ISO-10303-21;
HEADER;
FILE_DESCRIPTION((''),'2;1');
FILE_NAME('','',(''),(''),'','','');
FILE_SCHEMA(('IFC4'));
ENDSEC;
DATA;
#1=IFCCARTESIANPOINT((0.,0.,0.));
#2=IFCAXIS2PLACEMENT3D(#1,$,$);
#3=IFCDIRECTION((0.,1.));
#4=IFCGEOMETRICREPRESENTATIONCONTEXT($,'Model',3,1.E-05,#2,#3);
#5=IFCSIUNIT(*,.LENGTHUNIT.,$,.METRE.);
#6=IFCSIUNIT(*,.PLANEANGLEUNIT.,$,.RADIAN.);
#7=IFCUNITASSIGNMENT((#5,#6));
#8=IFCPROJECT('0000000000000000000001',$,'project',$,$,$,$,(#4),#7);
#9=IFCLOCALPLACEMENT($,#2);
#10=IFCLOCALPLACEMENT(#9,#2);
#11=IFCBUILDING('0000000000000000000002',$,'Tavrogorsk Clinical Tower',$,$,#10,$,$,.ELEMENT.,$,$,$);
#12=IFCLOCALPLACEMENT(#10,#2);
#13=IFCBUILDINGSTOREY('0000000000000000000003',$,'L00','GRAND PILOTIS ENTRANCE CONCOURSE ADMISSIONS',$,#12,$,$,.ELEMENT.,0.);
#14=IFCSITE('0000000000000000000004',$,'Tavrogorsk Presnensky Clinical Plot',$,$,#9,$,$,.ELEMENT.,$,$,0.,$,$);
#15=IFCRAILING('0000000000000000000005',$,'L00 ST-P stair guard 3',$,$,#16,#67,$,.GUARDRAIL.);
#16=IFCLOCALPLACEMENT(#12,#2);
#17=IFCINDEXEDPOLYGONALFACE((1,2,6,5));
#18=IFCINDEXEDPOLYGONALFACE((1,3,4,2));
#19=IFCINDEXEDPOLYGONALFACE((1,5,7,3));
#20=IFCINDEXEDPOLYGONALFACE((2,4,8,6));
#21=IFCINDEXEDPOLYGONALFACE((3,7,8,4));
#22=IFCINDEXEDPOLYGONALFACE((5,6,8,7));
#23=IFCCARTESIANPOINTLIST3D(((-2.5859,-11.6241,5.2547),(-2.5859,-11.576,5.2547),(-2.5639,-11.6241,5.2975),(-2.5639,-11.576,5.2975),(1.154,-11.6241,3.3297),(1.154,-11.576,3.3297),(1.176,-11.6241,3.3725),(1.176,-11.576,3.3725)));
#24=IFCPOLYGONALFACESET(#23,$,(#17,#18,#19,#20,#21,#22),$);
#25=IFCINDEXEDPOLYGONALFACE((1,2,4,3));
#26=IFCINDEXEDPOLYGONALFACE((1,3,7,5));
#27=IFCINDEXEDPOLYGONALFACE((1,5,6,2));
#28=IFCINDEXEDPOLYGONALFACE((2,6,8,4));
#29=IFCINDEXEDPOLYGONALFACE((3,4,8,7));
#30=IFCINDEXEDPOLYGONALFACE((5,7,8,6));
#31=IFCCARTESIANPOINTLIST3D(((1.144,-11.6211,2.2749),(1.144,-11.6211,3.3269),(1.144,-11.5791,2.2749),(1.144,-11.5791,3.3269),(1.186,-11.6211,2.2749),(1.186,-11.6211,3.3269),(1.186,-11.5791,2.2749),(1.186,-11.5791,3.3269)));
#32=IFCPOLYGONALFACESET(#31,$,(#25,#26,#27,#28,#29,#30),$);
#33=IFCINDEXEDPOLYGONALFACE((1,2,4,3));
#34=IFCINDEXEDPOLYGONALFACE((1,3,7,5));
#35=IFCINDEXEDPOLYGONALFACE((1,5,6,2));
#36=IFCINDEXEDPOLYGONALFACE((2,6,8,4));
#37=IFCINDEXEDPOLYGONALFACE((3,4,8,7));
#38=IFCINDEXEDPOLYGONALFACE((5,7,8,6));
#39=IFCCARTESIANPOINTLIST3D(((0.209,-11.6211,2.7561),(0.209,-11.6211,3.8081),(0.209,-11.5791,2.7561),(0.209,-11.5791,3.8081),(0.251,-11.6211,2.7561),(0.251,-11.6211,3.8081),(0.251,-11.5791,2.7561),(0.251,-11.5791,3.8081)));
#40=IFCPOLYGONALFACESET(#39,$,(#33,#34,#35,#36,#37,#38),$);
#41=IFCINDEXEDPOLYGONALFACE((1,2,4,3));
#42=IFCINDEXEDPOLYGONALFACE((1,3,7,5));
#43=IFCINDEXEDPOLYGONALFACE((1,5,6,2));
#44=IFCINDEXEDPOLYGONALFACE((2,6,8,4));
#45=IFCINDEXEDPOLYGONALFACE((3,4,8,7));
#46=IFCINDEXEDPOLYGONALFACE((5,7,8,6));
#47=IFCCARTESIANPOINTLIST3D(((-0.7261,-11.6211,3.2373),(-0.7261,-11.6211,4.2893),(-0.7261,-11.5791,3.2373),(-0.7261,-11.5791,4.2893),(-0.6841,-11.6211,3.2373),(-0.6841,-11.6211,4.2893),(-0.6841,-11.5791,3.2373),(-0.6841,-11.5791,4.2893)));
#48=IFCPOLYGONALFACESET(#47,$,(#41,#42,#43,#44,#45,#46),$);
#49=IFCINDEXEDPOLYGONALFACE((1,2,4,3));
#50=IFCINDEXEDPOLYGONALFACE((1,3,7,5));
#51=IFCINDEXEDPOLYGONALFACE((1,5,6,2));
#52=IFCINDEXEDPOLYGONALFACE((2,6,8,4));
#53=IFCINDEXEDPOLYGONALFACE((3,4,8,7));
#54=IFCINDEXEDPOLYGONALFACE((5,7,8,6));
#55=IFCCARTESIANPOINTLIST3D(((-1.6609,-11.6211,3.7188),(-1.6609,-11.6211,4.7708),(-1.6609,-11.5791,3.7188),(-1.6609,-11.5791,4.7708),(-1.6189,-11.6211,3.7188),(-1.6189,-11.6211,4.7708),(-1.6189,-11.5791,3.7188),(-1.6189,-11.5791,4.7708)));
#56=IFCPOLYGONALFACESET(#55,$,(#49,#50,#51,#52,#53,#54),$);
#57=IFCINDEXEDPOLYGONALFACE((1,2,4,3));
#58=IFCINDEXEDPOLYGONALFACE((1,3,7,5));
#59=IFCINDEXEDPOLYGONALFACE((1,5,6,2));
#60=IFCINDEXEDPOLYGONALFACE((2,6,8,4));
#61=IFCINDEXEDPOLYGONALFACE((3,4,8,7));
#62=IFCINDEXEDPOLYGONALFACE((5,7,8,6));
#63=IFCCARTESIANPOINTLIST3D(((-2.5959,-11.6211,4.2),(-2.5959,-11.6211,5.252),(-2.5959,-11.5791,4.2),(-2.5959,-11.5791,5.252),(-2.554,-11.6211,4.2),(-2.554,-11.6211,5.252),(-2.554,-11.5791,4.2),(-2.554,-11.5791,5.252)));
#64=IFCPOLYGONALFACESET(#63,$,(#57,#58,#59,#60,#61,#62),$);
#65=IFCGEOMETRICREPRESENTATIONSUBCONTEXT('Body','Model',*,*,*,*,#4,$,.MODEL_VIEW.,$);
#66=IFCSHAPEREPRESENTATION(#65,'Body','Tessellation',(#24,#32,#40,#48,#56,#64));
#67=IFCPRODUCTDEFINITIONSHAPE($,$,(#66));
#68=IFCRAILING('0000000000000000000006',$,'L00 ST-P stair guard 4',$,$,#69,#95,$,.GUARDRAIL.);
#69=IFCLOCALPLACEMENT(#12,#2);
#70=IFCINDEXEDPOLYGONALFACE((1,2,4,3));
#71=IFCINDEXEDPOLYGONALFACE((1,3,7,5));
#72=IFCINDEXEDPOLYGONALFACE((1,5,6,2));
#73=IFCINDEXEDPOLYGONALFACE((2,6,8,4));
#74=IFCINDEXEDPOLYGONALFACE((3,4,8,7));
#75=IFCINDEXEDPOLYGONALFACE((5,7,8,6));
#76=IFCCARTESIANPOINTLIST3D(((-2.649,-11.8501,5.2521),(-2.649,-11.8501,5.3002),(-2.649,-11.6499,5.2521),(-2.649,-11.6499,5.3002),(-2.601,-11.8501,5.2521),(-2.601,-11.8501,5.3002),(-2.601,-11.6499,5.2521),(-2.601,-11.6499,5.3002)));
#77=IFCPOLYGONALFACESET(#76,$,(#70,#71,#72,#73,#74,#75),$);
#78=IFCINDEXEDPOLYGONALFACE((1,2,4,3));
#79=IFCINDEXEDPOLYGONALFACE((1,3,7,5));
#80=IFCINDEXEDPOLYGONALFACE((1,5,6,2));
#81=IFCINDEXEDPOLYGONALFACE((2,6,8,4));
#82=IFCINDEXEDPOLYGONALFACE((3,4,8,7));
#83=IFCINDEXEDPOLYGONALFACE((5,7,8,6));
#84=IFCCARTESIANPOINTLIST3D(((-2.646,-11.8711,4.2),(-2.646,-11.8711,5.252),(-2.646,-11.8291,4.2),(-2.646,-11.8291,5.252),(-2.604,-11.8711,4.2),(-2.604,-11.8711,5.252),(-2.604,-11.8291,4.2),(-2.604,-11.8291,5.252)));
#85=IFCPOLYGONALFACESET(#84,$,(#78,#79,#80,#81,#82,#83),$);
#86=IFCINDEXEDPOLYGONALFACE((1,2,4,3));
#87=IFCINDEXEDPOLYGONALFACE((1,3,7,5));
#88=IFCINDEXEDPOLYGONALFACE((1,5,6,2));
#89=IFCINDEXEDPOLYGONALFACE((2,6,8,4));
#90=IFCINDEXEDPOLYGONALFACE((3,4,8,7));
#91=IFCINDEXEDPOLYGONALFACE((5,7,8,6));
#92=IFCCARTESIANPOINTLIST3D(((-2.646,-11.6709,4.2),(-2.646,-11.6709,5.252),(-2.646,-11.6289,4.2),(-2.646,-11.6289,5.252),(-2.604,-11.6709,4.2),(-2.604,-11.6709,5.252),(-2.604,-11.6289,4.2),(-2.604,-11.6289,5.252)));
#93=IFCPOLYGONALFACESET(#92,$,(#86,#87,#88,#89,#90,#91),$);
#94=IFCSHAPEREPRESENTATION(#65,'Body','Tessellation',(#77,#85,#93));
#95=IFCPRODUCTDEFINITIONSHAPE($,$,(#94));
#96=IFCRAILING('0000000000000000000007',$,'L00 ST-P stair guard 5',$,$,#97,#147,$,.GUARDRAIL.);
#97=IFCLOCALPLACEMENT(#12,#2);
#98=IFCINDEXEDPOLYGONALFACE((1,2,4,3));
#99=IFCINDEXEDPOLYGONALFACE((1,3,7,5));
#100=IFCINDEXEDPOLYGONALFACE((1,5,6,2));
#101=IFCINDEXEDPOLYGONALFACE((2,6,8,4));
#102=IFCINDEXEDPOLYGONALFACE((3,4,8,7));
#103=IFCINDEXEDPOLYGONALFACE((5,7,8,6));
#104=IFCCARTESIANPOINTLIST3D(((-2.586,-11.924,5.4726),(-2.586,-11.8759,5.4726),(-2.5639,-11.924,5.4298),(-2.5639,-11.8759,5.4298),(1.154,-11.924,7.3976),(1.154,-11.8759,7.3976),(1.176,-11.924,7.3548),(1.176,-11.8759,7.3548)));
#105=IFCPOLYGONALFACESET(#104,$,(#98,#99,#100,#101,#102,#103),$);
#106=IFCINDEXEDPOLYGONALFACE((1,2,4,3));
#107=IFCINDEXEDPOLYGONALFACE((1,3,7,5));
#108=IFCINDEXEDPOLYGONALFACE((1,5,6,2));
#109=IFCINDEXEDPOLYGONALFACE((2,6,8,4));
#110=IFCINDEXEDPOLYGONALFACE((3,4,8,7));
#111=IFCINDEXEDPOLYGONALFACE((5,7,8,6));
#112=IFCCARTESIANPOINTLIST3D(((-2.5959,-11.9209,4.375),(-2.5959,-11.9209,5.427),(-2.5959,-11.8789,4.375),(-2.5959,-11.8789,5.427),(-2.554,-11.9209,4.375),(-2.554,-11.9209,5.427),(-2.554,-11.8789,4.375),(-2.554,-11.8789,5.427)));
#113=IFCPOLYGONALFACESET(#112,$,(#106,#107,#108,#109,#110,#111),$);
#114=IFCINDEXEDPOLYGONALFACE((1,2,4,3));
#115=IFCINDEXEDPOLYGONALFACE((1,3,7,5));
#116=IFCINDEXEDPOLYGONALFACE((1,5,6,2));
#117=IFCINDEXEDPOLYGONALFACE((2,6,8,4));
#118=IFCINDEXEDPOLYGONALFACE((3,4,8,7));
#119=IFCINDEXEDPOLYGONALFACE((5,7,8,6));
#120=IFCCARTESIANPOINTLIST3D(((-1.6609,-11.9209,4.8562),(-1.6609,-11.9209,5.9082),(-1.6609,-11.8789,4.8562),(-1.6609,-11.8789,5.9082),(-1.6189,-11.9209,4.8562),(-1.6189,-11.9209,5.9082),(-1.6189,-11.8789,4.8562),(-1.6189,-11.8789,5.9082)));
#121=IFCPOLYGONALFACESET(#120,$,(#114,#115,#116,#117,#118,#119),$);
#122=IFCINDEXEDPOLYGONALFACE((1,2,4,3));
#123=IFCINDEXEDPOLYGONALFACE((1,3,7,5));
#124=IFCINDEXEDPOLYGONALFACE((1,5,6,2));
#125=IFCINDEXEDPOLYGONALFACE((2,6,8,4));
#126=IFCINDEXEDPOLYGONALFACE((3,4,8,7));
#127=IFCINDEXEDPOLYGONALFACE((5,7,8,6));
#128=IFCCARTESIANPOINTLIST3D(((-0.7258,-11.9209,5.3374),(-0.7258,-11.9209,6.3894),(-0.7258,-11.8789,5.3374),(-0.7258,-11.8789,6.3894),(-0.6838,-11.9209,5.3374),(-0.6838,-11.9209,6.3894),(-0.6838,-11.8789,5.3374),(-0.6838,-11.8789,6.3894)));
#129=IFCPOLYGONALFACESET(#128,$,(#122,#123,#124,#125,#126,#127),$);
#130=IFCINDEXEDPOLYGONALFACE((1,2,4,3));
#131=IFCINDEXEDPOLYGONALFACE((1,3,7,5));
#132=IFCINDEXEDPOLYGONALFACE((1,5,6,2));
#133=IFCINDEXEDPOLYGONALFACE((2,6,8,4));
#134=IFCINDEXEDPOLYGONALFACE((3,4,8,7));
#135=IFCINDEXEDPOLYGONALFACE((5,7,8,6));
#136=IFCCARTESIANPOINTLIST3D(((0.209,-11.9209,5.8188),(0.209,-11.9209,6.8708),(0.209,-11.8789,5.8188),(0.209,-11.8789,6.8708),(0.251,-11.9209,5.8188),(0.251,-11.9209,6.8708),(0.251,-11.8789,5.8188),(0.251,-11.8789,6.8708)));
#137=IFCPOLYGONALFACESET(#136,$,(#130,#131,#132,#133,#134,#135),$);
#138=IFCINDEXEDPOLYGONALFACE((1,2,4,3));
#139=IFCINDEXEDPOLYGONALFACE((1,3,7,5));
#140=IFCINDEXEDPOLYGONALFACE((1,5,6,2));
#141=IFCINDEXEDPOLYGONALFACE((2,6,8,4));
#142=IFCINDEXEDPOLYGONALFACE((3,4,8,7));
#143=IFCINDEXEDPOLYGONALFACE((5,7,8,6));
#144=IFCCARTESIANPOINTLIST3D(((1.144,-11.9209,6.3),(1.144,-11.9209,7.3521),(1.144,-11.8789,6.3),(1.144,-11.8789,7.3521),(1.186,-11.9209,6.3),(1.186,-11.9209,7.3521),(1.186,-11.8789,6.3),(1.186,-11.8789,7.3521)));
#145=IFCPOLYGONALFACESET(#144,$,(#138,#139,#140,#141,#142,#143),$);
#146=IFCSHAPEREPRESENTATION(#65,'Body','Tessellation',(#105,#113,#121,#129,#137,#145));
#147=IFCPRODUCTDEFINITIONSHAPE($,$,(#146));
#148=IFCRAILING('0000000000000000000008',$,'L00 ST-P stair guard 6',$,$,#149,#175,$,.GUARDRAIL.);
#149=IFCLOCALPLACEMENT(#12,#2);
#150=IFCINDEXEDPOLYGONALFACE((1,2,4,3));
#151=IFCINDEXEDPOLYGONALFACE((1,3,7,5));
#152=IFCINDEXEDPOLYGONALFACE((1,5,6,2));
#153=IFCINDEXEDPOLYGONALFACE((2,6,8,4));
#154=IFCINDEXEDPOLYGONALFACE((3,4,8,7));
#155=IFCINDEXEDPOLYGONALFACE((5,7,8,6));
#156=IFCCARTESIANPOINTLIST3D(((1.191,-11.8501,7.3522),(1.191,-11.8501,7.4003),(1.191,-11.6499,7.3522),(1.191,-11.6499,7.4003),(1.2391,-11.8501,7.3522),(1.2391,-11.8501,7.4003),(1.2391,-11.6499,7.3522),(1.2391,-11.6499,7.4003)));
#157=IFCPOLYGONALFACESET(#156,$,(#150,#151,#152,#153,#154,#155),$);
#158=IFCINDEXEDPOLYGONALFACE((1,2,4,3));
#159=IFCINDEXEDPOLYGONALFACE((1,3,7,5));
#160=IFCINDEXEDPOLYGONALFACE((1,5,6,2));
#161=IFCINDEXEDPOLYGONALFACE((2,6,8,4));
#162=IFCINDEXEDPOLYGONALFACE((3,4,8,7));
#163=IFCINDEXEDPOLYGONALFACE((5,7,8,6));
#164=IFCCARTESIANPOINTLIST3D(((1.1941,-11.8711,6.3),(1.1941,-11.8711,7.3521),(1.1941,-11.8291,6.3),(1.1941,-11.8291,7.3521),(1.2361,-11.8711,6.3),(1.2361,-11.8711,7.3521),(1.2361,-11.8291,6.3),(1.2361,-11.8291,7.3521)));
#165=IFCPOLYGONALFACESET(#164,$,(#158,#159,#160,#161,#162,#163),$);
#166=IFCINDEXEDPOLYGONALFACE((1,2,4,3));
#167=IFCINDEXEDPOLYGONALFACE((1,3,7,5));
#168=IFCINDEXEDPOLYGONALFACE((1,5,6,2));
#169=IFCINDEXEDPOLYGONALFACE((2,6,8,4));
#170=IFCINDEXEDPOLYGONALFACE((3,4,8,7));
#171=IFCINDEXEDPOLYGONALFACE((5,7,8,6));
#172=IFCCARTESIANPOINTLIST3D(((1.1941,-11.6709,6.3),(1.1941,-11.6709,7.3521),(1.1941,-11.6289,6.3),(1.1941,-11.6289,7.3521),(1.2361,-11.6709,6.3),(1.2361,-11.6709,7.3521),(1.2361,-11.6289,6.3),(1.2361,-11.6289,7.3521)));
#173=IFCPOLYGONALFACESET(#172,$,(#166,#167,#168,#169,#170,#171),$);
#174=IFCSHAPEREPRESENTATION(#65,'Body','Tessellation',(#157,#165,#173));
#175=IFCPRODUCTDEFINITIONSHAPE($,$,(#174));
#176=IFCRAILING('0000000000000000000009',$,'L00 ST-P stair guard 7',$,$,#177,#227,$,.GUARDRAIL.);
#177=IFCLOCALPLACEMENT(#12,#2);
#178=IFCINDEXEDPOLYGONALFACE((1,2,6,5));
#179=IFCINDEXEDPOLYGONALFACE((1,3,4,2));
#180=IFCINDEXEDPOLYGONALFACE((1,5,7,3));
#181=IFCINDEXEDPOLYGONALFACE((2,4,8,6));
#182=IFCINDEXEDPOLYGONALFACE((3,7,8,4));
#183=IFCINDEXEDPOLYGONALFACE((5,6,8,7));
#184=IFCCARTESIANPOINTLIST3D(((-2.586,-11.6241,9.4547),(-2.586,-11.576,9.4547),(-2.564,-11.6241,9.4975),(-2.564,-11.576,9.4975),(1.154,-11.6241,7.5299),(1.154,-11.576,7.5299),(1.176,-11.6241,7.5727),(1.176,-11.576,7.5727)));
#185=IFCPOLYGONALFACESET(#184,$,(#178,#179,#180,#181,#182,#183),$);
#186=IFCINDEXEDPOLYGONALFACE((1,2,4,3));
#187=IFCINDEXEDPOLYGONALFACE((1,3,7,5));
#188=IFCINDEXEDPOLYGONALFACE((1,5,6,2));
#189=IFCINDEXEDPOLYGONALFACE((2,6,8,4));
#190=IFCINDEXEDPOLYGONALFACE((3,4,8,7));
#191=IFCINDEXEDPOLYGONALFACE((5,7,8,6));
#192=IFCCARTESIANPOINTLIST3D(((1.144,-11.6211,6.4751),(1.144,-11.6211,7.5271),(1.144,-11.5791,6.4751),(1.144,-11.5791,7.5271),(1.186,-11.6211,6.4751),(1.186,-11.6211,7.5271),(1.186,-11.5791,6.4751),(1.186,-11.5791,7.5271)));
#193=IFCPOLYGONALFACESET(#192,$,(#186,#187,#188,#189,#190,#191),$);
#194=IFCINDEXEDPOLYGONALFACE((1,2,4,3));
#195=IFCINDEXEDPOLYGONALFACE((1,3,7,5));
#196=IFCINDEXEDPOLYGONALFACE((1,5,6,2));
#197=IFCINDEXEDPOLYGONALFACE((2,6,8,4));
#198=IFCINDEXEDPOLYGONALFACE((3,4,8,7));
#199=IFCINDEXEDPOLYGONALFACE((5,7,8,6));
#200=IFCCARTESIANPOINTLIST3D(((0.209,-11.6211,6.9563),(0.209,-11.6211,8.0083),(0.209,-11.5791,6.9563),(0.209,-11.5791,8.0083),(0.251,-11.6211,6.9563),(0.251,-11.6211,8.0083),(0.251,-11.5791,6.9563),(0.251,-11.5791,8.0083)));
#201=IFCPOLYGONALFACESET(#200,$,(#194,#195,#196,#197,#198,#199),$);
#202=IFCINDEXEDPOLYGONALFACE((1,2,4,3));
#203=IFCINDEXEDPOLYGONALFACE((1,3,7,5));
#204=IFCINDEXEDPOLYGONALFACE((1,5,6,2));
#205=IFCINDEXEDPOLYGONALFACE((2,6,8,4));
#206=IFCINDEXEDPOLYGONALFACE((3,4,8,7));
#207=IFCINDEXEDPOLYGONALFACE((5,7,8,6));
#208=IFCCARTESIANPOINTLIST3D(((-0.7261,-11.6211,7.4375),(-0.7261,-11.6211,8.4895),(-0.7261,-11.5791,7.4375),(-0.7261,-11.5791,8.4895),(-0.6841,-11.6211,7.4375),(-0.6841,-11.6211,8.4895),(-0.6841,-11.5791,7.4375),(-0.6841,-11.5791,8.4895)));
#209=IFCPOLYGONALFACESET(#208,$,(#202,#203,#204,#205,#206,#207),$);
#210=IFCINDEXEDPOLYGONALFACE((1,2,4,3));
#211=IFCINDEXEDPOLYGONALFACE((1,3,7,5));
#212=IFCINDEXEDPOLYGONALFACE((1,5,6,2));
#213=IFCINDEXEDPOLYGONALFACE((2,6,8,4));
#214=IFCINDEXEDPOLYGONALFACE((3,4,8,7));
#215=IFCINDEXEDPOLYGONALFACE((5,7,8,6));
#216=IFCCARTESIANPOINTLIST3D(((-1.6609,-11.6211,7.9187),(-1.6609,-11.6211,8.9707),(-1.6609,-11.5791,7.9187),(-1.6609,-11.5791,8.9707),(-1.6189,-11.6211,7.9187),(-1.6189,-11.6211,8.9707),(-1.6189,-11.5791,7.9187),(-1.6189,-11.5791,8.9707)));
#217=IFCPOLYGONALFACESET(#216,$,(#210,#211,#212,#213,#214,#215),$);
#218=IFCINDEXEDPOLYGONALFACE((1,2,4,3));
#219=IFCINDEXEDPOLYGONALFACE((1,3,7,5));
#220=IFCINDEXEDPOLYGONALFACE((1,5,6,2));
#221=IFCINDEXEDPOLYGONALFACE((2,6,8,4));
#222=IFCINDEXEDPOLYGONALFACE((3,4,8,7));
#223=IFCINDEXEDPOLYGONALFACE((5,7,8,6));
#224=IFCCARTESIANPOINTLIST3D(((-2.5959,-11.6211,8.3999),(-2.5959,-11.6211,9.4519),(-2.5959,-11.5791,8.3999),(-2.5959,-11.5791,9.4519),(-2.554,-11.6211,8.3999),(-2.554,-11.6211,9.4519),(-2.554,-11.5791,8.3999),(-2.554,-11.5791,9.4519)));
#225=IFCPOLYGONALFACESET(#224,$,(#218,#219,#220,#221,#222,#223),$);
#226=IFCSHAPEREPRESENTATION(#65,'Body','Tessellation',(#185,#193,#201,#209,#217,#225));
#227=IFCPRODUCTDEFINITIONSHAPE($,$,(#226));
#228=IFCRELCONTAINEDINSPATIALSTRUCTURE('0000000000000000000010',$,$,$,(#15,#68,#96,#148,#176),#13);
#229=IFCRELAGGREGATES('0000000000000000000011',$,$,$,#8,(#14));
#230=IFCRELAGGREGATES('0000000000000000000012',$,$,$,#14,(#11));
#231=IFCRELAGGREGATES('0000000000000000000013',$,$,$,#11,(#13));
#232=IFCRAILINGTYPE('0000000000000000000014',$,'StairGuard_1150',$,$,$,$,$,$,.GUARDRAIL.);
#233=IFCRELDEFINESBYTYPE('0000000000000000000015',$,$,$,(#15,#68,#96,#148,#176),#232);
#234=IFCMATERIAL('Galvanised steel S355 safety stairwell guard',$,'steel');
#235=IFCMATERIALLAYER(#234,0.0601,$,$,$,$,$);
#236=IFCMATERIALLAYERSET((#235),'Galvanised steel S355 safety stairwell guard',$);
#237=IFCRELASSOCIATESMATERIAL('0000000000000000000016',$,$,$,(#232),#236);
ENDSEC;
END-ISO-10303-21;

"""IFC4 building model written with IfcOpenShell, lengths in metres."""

from ifc_helpers import new_model, si_unit, direction, frame, origin, origin_2d, place, context, subcontext, project, spatial, rectangle, extrude, material, layer, layer_set, type_object, element, save


model = new_model("IFC4")

# Units and contexts
model_context = context("Model", 3, precision=1e-05, world=origin(), true_north=direction((0.0, 1.0)))
body_context = subcontext(model_context, "Body", "Model", "MODEL_VIEW")
ifc_project = project(units=[si_unit("LENGTHUNIT", "METRE"), si_unit("PLANEANGLEUNIT", "RADIAN")], contexts=[model_context])

# Site, building, storey
site_placement = place(None, origin())
site = spatial("IfcSite", under=ifc_project, at=site_placement, Name="Tavrogorsk Presnensky Clinical Plot", CompositionType="ELEMENT", RefElevation=0.0)
building_placement = place(site_placement, origin())
building = spatial("IfcBuilding", under=site, at=building_placement, Name="Tavrogorsk Clinical Tower", CompositionType="ELEMENT")
storey_placement = place(building_placement, origin())
storey = spatial("IfcBuildingStorey", under=building, at=storey_placement, Name="L00", Description="GRAND PILOTIS ENTRANCE CONCOURSE ADMISSIONS", CompositionType="ELEMENT", Elevation=0.0)

# Railings
ifc_material_1 = material(Name="Galvanised steel S355 safety stairwell guard", Category="steel")
ifc_layer_1 = layer(ifc_material_1, 0.0601)
ifc_layer_set_1 = layer_set([ifc_layer_1], Name="Galvanised steel S355 safety stairwell guard")
railing_type_1 = type_object("IfcRailingType", Name="StairGuard_1150", PredefinedType="GUARDRAIL", material=ifc_layer_set_1)
railing_1_placement = place(storey_placement, frame((1.165, -11.6001, 2.2749)))
element("IfcRailing", 1, at=railing_1_placement, inside=storey, type_object=railing_type_1, Name="L00 ST-P stair guard 3", PredefinedType="GUARDRAIL", context=body_context, shape_type="SweptSolid", body=[
    extrude(rectangle(XDim=0.0481, YDim=0.0481, at=origin_2d()), frame((0.0, 0.0, 1.0762), z_axis=(-0.889131, 0.0, 0.457654), x_axis=(0.0, -1.0, 0.0)), (0.0, 0.0, 1.0), 4.2063),
    extrude(rectangle(XDim=0.042, YDim=0.042, at=origin_2d()), origin(), (0.0, 0.0, 1.0), 1.052),
    extrude(rectangle(XDim=0.042, YDim=0.042, at=origin_2d()), frame((-0.9351, 0.0, 0.4812)), (0.0, 0.0, 1.0), 1.052),
    extrude(rectangle(XDim=0.042, YDim=0.042, at=origin_2d()), frame((-1.8701, 0.0, 0.9624)), (0.0, 0.0, 1.0), 1.052),
    extrude(rectangle(XDim=0.042, YDim=0.042, at=origin_2d()), frame((-2.8049, 0.0, 1.4438)), (0.0, 0.0, 1.0), 1.052),
    extrude(rectangle(XDim=0.042, YDim=0.042, at=origin_2d()), frame((-3.74, 0.0, 1.925)), (0.0, 0.0, 1.0), 1.052),
])
railing_2_placement = place(storey_placement, frame((-2.625, -11.8501, 4.2)))
element("IfcRailing", 2, at=railing_2_placement, inside=storey, type_object=railing_type_1, Name="L00 ST-P stair guard 4", PredefinedType="GUARDRAIL", context=body_context, shape_type="SweptSolid", body=[
    extrude(rectangle(XDim=0.0481, YDim=0.0481, at=origin_2d()), frame((0.0, 0.0, 1.0762), z_axis=(0.0, 1.0, 0.0), x_axis=(-1.0, 0.0, 0.0)), (0.0, 0.0, 1.0), 0.2002),
    extrude(rectangle(XDim=0.042, YDim=0.042, at=origin_2d()), origin(), (0.0, 0.0, 1.0), 1.052),
    extrude(rectangle(XDim=0.042, YDim=0.042, at=origin_2d()), frame((0.0, 0.2002, 0.0)), (0.0, 0.0, 1.0), 1.052),
])
railing_3_placement = place(storey_placement, frame((-2.575, -11.8999, 4.375)))
element("IfcRailing", 3, at=railing_3_placement, inside=storey, type_object=railing_type_1, Name="L00 ST-P stair guard 5", PredefinedType="GUARDRAIL", context=body_context, shape_type="SweptSolid", body=[
    extrude(rectangle(XDim=0.0481, YDim=0.0481, at=origin_2d()), frame((0.0, 0.0, 1.0762), z_axis=(0.889131, 0.0, 0.457654), x_axis=(0.0, 1.0, 0.0)), (0.0, 0.0, 1.0), 4.2063),
    extrude(rectangle(XDim=0.042, YDim=0.042, at=origin_2d()), origin(), (0.0, 0.0, 1.0), 1.052),
    extrude(rectangle(XDim=0.042, YDim=0.042, at=origin_2d()), frame((0.9351, 0.0, 0.4812)), (0.0, 0.0, 1.0), 1.052),
    extrude(rectangle(XDim=0.042, YDim=0.042, at=origin_2d()), frame((1.8701, 0.0, 0.9624)), (0.0, 0.0, 1.0), 1.052),
    extrude(rectangle(XDim=0.042, YDim=0.042, at=origin_2d()), frame((2.8049, 0.0, 1.4438)), (0.0, 0.0, 1.0), 1.052),
    extrude(rectangle(XDim=0.042, YDim=0.042, at=origin_2d()), frame((3.74, 0.0, 1.925)), (0.0, 0.0, 1.0), 1.052),
])
railing_4_placement = place(storey_placement, frame((1.2151, -11.8501, 6.3)))
element("IfcRailing", 4, at=railing_4_placement, inside=storey, type_object=railing_type_1, Name="L00 ST-P stair guard 6", PredefinedType="GUARDRAIL", context=body_context, shape_type="SweptSolid", body=[
    extrude(rectangle(XDim=0.0481, YDim=0.0481, at=origin_2d()), frame((0.0, 0.0, 1.0762), z_axis=(0.0, 1.0, 0.0), x_axis=(-1.0, 0.0, 0.0)), (0.0, 0.0, 1.0), 0.2002),
    extrude(rectangle(XDim=0.042, YDim=0.042, at=origin_2d()), origin(), (0.0, 0.0, 1.0), 1.052),
    extrude(rectangle(XDim=0.042, YDim=0.042, at=origin_2d()), frame((0.0, 0.2002, 0.0)), (0.0, 0.0, 1.0), 1.052),
])
railing_5_placement = place(storey_placement, frame((1.165, -11.6001, 6.4751)))
element("IfcRailing", 5, at=railing_5_placement, inside=storey, type_object=railing_type_1, Name="L00 ST-P stair guard 7", PredefinedType="GUARDRAIL", context=body_context, shape_type="SweptSolid", body=[
    extrude(rectangle(XDim=0.0481, YDim=0.0481, at=origin_2d()), frame((0.0, 0.0, 1.0762), z_axis=(-0.889154, 0.0, 0.457608), x_axis=(0.0, -1.0, 0.0)), (0.0, 0.0, 1.0), 4.2063),
    extrude(rectangle(XDim=0.042, YDim=0.042, at=origin_2d()), origin(), (0.0, 0.0, 1.0), 1.052),
    extrude(rectangle(XDim=0.042, YDim=0.042, at=origin_2d()), frame((-0.9351, 0.0, 0.4812)), (0.0, 0.0, 1.0), 1.052),
    extrude(rectangle(XDim=0.042, YDim=0.042, at=origin_2d()), frame((-1.8701, 0.0, 0.9624)), (0.0, 0.0, 1.0), 1.052),
    extrude(rectangle(XDim=0.042, YDim=0.042, at=origin_2d()), frame((-2.8049, 0.0, 1.4436)), (0.0, 0.0, 1.0), 1.052),
    extrude(rectangle(XDim=0.042, YDim=0.042, at=origin_2d()), frame((-3.74, 0.0, 1.9248)), (0.0, 0.0, 1.0), 1.052),
])

save(model, "model.ifc")
